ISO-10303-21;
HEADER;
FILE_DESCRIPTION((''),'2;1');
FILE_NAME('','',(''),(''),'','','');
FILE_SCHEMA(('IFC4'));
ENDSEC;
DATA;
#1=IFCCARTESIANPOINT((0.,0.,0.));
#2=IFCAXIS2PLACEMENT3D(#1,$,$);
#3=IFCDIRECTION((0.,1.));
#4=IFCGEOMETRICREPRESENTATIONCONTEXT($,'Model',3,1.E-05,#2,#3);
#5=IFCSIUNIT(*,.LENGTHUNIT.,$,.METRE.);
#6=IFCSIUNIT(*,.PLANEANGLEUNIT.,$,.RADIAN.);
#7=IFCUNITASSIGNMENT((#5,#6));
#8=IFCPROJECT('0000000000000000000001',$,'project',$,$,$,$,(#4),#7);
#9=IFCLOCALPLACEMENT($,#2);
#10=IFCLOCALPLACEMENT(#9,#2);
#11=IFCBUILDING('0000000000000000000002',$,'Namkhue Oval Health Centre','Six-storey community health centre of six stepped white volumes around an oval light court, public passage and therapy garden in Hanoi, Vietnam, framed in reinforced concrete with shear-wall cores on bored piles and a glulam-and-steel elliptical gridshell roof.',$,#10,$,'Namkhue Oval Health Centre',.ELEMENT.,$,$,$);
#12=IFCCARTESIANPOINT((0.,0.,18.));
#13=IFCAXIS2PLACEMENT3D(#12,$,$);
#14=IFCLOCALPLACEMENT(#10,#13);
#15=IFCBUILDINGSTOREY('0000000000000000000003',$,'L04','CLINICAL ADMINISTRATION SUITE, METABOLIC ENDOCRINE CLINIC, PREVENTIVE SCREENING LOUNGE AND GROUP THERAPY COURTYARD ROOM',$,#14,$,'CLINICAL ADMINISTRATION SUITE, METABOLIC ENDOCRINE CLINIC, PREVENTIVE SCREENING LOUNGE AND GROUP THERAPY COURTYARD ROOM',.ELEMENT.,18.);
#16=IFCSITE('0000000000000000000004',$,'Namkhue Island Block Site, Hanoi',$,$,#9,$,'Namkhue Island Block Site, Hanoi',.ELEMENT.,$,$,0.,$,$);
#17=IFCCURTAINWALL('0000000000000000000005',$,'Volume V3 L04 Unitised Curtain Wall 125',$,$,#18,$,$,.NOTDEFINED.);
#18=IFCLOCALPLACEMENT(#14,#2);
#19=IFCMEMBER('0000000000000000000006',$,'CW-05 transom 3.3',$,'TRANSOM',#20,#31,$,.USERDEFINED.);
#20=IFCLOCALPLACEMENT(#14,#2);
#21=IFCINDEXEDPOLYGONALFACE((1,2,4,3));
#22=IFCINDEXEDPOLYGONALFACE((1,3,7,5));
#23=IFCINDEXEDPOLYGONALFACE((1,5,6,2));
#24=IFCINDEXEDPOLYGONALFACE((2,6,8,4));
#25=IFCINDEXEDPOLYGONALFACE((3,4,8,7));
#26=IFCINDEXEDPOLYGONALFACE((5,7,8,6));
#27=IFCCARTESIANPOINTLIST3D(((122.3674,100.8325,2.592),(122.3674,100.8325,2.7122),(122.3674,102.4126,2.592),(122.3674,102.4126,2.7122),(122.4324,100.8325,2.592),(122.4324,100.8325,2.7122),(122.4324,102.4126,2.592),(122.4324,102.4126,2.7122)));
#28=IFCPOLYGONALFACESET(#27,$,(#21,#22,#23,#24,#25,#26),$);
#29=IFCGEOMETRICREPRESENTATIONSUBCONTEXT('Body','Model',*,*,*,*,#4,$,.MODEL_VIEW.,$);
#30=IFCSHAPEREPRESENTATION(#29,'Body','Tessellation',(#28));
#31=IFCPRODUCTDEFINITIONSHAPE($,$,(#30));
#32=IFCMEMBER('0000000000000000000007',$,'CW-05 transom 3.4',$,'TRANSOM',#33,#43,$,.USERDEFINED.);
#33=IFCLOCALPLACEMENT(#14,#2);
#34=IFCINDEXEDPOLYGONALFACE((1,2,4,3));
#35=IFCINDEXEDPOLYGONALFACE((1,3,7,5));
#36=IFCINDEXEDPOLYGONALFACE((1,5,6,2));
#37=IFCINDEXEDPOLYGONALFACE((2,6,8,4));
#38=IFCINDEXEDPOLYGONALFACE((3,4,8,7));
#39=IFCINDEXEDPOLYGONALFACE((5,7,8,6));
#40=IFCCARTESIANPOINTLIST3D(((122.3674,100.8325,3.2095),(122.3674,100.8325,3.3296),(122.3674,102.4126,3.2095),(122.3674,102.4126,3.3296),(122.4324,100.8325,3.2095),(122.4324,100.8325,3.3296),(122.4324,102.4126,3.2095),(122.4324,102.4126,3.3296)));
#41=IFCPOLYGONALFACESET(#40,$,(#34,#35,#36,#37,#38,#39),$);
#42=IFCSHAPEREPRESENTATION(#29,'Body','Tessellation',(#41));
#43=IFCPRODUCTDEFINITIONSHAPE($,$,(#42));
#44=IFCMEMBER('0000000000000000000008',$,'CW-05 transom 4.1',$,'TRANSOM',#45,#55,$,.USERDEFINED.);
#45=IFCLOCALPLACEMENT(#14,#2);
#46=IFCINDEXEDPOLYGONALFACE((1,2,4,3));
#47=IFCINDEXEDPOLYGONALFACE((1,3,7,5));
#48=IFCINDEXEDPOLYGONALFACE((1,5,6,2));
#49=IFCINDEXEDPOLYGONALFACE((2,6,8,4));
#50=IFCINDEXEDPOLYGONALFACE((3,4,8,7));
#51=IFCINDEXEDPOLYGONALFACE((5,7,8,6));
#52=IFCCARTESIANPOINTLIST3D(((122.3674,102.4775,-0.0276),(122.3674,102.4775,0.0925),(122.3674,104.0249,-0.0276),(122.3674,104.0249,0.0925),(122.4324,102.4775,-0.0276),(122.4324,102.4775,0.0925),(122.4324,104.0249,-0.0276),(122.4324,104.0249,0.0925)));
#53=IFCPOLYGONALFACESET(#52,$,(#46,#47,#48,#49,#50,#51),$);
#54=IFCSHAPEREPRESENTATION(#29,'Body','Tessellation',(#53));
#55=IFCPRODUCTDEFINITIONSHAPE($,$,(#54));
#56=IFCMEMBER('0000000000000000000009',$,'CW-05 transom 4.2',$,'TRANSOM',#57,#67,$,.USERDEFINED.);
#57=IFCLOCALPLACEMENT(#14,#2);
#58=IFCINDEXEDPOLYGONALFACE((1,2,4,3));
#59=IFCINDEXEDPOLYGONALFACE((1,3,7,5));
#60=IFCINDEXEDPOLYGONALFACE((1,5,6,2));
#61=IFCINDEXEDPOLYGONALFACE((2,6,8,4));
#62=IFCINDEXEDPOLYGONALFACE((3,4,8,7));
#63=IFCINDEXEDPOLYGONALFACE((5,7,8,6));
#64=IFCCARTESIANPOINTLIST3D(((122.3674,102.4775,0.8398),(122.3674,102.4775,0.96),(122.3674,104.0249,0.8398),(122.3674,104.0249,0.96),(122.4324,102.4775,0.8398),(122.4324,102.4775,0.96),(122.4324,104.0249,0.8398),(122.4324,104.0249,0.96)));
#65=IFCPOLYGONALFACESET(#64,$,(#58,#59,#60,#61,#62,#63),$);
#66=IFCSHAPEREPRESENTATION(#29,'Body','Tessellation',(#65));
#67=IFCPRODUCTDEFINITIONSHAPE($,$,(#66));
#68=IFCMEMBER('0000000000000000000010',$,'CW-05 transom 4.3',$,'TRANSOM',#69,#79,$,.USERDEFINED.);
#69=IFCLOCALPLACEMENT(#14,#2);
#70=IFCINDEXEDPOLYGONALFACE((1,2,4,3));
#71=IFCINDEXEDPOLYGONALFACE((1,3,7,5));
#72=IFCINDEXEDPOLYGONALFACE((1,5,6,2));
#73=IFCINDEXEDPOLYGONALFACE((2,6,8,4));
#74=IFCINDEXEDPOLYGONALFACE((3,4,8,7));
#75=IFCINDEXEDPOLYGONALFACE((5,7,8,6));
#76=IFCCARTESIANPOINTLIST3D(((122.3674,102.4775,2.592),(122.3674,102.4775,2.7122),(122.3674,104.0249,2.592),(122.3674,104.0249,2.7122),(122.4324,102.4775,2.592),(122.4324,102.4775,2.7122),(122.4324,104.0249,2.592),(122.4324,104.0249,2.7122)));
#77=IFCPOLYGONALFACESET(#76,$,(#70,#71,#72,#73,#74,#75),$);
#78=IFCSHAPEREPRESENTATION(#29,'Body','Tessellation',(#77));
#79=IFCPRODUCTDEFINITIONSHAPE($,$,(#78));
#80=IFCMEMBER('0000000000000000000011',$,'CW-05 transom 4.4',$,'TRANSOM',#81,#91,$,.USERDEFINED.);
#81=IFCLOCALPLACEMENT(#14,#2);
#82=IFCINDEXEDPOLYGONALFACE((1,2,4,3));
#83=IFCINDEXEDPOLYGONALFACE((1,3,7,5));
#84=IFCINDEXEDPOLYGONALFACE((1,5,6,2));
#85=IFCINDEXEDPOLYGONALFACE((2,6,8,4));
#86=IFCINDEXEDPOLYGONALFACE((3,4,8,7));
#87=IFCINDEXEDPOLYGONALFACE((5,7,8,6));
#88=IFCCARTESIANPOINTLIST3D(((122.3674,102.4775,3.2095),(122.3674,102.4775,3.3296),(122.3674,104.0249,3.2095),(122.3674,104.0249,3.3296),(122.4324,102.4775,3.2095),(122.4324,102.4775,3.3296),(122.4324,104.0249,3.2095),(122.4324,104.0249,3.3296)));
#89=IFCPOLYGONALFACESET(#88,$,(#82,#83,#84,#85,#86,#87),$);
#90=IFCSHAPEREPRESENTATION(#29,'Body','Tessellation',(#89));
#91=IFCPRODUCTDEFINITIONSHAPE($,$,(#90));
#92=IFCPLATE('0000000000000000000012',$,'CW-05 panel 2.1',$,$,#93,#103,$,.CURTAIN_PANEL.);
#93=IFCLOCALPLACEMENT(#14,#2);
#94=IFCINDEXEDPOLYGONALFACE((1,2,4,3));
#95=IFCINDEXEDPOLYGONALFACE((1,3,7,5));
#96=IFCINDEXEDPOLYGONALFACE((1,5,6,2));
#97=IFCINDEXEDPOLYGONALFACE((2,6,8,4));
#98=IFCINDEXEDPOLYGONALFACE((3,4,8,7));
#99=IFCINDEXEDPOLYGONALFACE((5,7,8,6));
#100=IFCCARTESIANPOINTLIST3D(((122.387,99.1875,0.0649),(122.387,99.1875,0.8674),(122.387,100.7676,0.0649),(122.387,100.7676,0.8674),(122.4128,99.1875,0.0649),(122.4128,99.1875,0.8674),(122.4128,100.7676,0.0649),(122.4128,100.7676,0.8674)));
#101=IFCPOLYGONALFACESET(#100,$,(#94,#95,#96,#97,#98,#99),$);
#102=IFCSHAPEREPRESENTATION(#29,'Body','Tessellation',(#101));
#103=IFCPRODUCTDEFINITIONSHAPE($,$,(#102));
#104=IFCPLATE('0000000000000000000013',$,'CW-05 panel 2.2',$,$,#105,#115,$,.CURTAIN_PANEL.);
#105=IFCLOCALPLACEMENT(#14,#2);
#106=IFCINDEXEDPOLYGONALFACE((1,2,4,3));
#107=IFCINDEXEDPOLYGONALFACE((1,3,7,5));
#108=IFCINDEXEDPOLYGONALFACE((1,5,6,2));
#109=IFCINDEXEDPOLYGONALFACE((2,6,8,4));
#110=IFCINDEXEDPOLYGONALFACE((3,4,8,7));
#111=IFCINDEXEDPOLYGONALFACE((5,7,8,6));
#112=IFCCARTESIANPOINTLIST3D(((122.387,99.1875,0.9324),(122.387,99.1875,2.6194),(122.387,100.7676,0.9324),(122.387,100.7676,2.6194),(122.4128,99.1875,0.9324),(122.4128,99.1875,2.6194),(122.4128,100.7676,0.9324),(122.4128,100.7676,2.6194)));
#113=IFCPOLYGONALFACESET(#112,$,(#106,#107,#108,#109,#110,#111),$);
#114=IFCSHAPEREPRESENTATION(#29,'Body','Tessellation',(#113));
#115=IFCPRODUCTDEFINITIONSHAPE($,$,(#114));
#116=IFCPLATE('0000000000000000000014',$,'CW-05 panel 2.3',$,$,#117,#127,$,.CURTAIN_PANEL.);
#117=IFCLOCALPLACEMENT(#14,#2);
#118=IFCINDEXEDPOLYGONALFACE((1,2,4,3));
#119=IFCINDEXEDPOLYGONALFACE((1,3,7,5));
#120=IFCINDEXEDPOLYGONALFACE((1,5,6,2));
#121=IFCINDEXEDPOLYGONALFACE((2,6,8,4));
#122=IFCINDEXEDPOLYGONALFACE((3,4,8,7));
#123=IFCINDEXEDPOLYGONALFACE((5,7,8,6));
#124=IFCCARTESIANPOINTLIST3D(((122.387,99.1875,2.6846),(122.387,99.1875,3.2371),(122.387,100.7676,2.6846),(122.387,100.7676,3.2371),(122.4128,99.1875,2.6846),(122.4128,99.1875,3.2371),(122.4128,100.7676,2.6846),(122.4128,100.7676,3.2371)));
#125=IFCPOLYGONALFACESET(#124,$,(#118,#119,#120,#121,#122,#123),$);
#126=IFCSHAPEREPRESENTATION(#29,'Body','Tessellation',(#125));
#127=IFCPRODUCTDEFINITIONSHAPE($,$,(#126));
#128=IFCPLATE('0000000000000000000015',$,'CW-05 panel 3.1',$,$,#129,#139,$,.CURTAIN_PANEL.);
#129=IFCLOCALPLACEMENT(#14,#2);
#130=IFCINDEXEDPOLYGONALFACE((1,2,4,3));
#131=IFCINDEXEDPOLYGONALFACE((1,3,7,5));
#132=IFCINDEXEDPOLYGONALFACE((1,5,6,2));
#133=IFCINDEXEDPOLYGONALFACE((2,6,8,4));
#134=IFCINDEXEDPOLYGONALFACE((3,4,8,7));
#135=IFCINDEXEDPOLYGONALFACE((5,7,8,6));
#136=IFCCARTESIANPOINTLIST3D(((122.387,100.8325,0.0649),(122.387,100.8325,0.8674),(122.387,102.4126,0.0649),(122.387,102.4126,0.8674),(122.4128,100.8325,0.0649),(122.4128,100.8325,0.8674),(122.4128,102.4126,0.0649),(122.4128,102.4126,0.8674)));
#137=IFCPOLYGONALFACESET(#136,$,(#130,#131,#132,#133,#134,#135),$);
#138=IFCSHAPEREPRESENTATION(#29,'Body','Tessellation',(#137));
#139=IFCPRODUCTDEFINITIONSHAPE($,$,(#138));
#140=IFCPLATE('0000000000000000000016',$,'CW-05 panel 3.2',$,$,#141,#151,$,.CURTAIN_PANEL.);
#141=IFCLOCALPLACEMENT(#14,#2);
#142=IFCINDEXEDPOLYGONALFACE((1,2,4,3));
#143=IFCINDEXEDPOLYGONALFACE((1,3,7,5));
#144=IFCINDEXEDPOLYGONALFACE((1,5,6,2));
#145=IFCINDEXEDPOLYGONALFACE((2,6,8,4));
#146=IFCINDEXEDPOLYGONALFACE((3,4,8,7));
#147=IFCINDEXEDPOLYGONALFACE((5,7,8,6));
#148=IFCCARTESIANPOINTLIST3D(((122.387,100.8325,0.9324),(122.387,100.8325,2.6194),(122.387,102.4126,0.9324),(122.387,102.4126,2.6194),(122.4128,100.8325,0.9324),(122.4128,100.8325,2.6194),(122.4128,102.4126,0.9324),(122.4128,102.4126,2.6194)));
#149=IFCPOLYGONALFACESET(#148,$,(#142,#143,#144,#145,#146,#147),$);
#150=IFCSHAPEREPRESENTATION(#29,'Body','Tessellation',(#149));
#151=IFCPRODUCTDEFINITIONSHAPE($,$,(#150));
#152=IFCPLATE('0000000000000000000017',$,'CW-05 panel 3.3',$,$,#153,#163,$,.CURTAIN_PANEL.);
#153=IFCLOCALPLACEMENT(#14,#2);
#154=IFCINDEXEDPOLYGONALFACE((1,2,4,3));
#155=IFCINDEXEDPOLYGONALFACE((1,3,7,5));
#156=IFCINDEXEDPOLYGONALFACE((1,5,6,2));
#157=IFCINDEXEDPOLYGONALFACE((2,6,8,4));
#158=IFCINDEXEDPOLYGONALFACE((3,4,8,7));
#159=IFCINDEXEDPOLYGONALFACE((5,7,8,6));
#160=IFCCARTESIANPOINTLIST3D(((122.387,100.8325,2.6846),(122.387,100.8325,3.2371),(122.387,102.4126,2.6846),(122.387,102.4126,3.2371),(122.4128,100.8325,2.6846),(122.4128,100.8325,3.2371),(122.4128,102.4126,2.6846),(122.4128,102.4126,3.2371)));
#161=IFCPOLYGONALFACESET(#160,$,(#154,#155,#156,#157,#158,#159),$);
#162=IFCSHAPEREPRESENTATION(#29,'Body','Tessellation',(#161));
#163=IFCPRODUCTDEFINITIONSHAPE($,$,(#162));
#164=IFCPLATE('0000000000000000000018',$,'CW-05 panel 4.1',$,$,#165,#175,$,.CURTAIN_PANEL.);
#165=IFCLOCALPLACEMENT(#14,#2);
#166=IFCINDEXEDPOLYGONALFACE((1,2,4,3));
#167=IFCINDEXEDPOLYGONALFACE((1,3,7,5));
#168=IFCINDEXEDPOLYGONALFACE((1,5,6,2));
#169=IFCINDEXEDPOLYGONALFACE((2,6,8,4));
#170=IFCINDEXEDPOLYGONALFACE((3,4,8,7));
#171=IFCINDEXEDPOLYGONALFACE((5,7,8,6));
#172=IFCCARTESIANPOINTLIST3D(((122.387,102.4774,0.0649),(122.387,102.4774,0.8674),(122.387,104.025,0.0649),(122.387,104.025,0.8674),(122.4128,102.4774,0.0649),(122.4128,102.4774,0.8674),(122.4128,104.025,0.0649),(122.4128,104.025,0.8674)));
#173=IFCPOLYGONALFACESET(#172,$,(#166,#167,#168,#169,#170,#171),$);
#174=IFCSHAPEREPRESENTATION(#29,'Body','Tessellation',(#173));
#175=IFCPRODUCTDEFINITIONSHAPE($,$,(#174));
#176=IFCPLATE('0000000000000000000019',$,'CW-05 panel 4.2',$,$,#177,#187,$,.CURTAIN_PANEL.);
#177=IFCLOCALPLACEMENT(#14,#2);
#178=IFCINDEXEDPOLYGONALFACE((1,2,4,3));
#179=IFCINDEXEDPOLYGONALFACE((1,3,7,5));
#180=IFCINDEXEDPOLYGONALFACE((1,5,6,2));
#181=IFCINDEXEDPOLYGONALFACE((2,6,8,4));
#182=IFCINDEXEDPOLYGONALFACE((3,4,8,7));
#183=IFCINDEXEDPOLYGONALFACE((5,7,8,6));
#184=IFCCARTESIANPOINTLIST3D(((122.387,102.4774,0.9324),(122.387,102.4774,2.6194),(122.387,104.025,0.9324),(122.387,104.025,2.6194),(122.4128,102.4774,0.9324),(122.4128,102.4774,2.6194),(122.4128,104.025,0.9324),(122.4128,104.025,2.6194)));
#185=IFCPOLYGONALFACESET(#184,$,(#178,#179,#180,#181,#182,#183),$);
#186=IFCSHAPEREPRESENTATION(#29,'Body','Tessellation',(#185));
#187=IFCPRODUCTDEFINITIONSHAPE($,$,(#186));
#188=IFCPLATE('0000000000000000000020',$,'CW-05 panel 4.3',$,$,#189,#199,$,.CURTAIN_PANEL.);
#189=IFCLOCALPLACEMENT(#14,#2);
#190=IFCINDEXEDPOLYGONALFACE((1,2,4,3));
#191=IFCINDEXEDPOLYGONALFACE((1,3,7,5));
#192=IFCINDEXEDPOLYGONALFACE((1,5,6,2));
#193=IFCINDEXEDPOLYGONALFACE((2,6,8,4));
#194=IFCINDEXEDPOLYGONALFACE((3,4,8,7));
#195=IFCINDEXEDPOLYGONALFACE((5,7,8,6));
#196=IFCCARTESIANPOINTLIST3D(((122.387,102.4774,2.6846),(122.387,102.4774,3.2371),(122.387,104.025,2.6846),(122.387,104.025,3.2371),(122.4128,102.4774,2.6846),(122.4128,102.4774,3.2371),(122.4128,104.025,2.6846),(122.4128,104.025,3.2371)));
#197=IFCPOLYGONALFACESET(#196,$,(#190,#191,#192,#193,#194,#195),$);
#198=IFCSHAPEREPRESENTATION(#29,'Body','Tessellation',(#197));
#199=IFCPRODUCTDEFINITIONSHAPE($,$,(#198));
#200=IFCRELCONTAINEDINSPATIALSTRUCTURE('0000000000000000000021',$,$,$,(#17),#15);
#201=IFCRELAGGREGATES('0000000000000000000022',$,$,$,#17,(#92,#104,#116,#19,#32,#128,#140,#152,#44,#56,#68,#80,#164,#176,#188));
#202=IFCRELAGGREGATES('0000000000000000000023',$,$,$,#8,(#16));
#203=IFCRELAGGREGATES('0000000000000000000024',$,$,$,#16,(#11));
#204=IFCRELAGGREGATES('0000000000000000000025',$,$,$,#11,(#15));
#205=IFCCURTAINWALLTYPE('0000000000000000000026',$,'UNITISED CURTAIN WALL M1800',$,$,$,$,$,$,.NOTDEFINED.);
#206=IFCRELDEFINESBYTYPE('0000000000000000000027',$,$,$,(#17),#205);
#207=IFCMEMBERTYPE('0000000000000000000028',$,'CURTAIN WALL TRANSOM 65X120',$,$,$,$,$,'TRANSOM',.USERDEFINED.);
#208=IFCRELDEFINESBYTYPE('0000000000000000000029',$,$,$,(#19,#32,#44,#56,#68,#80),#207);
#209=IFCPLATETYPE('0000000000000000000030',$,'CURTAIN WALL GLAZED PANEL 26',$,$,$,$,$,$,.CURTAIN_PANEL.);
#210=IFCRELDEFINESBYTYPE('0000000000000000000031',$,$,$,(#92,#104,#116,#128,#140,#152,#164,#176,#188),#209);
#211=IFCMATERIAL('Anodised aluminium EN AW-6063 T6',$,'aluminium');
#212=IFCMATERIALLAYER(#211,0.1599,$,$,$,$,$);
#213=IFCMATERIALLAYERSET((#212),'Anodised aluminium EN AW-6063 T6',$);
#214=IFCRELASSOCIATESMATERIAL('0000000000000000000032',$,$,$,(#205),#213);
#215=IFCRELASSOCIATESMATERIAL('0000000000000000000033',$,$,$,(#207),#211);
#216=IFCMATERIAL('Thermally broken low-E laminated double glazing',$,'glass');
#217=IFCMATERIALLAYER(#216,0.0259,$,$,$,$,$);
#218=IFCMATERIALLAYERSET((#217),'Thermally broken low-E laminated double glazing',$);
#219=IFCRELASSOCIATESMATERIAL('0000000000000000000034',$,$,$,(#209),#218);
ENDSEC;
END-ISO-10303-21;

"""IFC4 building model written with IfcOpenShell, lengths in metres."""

from ifc_helpers import new_model, si_unit, direction, frame, origin, origin_2d, place, context, subcontext, project, spatial, rectangle, extrude, material, layer, layer_set, material_profile, profile_set, type_object, element, aggregate, save


model = new_model("IFC4")

# Units and contexts
model_context = context("Model", 3, precision=1e-05, world=origin(), true_north=direction((0.0, 1.0)))
body_context = subcontext(model_context, "Body", "Model", "MODEL_VIEW")
ifc_project = project(units=[si_unit("LENGTHUNIT", "METRE"), si_unit("PLANEANGLEUNIT", "RADIAN")], contexts=[model_context])

# Site, building, storey
site_placement = place(None, origin())
site = spatial("IfcSite", under=ifc_project, at=site_placement, Name="Namkhue Island Block Site, Hanoi", LongName="Namkhue Island Block Site, Hanoi", CompositionType="ELEMENT", RefElevation=0.0)
building_placement = place(site_placement, origin())
building = spatial("IfcBuilding", under=site, at=building_placement, Name="Namkhue Oval Health Centre", Description="Six-storey community health centre of six stepped white volumes around an oval light court, public passage and therapy garden in Hanoi, Vietnam, framed in reinforced concrete with shear-wall cores on bored piles and a glulam-and-steel elliptical gridshell roof.", LongName="Namkhue Oval Health Centre", CompositionType="ELEMENT")
storey_placement = place(building_placement, frame((0.0, 0.0, 18.0)))
storey = spatial("IfcBuildingStorey", under=building, at=storey_placement, Name="L04", Description="CLINICAL ADMINISTRATION SUITE, METABOLIC ENDOCRINE CLINIC, PREVENTIVE SCREENING LOUNGE AND GROUP THERAPY COURTYARD ROOM", LongName="CLINICAL ADMINISTRATION SUITE, METABOLIC ENDOCRINE CLINIC, PREVENTIVE SCREENING LOUNGE AND GROUP THERAPY COURTYARD ROOM", CompositionType="ELEMENT", Elevation=18.0)

# Curtain wall, members, plates
ifc_material_1 = material(Name="Anodised aluminium EN AW-6063 T6", Category="aluminium")
ifc_layer_1 = layer(ifc_material_1, 0.1599)
ifc_layer_set_1 = layer_set([ifc_layer_1], Name="Anodised aluminium EN AW-6063 T6")
curtain_wall_type = type_object("IfcCurtainWallType", Name="UNITISED CURTAIN WALL M1800", PredefinedType="NOTDEFINED", material=ifc_layer_set_1)
curtain_wall_placement = place(storey_placement, origin())
curtain_wall = element("IfcCurtainWall", 1, at=curtain_wall_placement, inside=storey, type_object=curtain_wall_type, Name="Volume V3 L04 Unitised Curtain Wall 125", PredefinedType="NOTDEFINED")
ifc_material_profile_1 = material_profile(ifc_material_1, rectangle(XDim=0.0649, YDim=0.1201, at=origin_2d()), Name="ALU 65x120")
ifc_profile_set_1 = profile_set([ifc_material_profile_1], Name="Anodised aluminium EN AW-6063 T6")
member_type_1 = type_object("IfcMemberType", Name="CURTAIN WALL TRANSOM 65X120", ElementType="TRANSOM", PredefinedType="USERDEFINED", material=ifc_profile_set_1)
member_1_placement = place(storey_placement, frame((122.3999, 100.8325, 2.6521), z_axis=(0.0, 1.0, 0.0), x_axis=(-1.0, 0.0, 0.0)))
member_1 = element("IfcMember", 2, at=member_1_placement, type_object=member_type_1, Name="CW-05 transom 3.3", ObjectType="TRANSOM", PredefinedType="USERDEFINED", context=body_context, shape_type="SweptSolid", body=[
    extrude(rectangle(XDim=0.0649, YDim=0.1201, at=origin_2d()), origin(), (0.0, 0.0, 1.0), 1.5801),
])
member_2_placement = place(storey_placement, frame((122.3999, 100.8325, 3.2695), z_axis=(0.0, 1.0, 0.0), x_axis=(-1.0, 0.0, 0.0)))
member_2 = element("IfcMember", 3, at=member_2_placement, type_object=member_type_1, Name="CW-05 transom 3.4", ObjectType="TRANSOM", PredefinedType="USERDEFINED", context=body_context, shape_type="SweptSolid", body=[
    extrude(rectangle(XDim=0.0649, YDim=0.1201, at=origin_2d()), origin(), (0.0, 0.0, 1.0), 1.5801),
])
member_3_placement = place(storey_placement, frame((122.3999, 102.4775, 0.0325), z_axis=(0.0, 1.0, 0.0), x_axis=(-1.0, 0.0, 0.0)))
member_3 = element("IfcMember", 4, at=member_3_placement, type_object=member_type_1, Name="CW-05 transom 4.1", ObjectType="TRANSOM", PredefinedType="USERDEFINED", context=body_context, shape_type="SweptSolid", body=[
    extrude(rectangle(XDim=0.0649, YDim=0.1201, at=origin_2d()), origin(), (0.0, 0.0, 1.0), 1.5474),
])
member_4_placement = place(storey_placement, frame((122.3999, 102.4775, 0.8999), z_axis=(0.0, 1.0, 0.0), x_axis=(-1.0, 0.0, 0.0)))
member_4 = element("IfcMember", 5, at=member_4_placement, type_object=member_type_1, Name="CW-05 transom 4.2", ObjectType="TRANSOM", PredefinedType="USERDEFINED", context=body_context, shape_type="SweptSolid", body=[
    extrude(rectangle(XDim=0.0649, YDim=0.1201, at=origin_2d()), origin(), (0.0, 0.0, 1.0), 1.5474),
])
member_5_placement = place(storey_placement, frame((122.3999, 102.4775, 2.6521), z_axis=(0.0, 1.0, 0.0), x_axis=(-1.0, 0.0, 0.0)))
member_5 = element("IfcMember", 6, at=member_5_placement, type_object=member_type_1, Name="CW-05 transom 4.3", ObjectType="TRANSOM", PredefinedType="USERDEFINED", context=body_context, shape_type="SweptSolid", body=[
    extrude(rectangle(XDim=0.0649, YDim=0.1201, at=origin_2d()), origin(), (0.0, 0.0, 1.0), 1.5474),
])
member_6_placement = place(storey_placement, frame((122.3999, 102.4775, 3.2695), z_axis=(0.0, 1.0, 0.0), x_axis=(-1.0, 0.0, 0.0)))
member_6 = element("IfcMember", 7, at=member_6_placement, type_object=member_type_1, Name="CW-05 transom 4.4", ObjectType="TRANSOM", PredefinedType="USERDEFINED", context=body_context, shape_type="SweptSolid", body=[
    extrude(rectangle(XDim=0.0649, YDim=0.1201, at=origin_2d()), origin(), (0.0, 0.0, 1.0), 1.5474),
])
ifc_material_2 = material(Name="Thermally broken low-E laminated double glazing", Category="glass")
ifc_layer_2 = layer(ifc_material_2, 0.0259)
ifc_layer_set_2 = layer_set([ifc_layer_2], Name="Thermally broken low-E laminated double glazing")
plate_type = type_object("IfcPlateType", Name="CURTAIN WALL GLAZED PANEL 26", PredefinedType="CURTAIN_PANEL", material=ifc_layer_set_2)
plate_1_placement = place(storey_placement, frame((122.3999, 99.9775, 0.0649), z_axis=(0.0, 0.0, 1.0), x_axis=(0.0, 1.0, 0.0)))
plate_1 = element("IfcPlate", 8, at=plate_1_placement, type_object=plate_type, Name="CW-05 panel 2.1", PredefinedType="CURTAIN_PANEL", context=body_context, shape_type="SweptSolid", body=[
    extrude(rectangle(XDim=1.5801, YDim=0.0259, at=origin_2d()), origin(), (0.0, 0.0, 1.0), 0.8025),
])
plate_2_placement = place(storey_placement, frame((122.3999, 99.9775, 0.9324), z_axis=(0.0, 0.0, 1.0), x_axis=(0.0, 1.0, 0.0)))
plate_2 = element("IfcPlate", 9, at=plate_2_placement, type_object=plate_type, Name="CW-05 panel 2.2", PredefinedType="CURTAIN_PANEL", context=body_context, shape_type="SweptSolid", body=[
    extrude(rectangle(XDim=1.5801, YDim=0.0259, at=origin_2d()), origin(), (0.0, 0.0, 1.0), 1.687),
])
plate_3_placement = place(storey_placement, frame((122.3999, 99.9775, 2.6846), z_axis=(0.0, 0.0, 1.0), x_axis=(0.0, 1.0, 0.0)))
plate_3 = element("IfcPlate", 10, at=plate_3_placement, type_object=plate_type, Name="CW-05 panel 2.3", PredefinedType="CURTAIN_PANEL", context=body_context, shape_type="SweptSolid", body=[
    extrude(rectangle(XDim=1.5801, YDim=0.0259, at=origin_2d()), origin(), (0.0, 0.0, 1.0), 0.5525),
])
plate_4_placement = place(storey_placement, frame((122.3999, 101.6226, 0.0649), z_axis=(0.0, 0.0, 1.0), x_axis=(0.0, 1.0, 0.0)))
plate_4 = element("IfcPlate", 11, at=plate_4_placement, type_object=plate_type, Name="CW-05 panel 3.1", PredefinedType="CURTAIN_PANEL", context=body_context, shape_type="SweptSolid", body=[
    extrude(rectangle(XDim=1.5801, YDim=0.0259, at=origin_2d()), origin(), (0.0, 0.0, 1.0), 0.8025),
])
plate_5_placement = place(storey_placement, frame((122.3999, 101.6226, 0.9324), z_axis=(0.0, 0.0, 1.0), x_axis=(0.0, 1.0, 0.0)))
plate_5 = element("IfcPlate", 12, at=plate_5_placement, type_object=plate_type, Name="CW-05 panel 3.2", PredefinedType="CURTAIN_PANEL", context=body_context, shape_type="SweptSolid", body=[
    extrude(rectangle(XDim=1.5801, YDim=0.0259, at=origin_2d()), origin(), (0.0, 0.0, 1.0), 1.687),
])
plate_6_placement = place(storey_placement, frame((122.3999, 101.6226, 2.6846), z_axis=(0.0, 0.0, 1.0), x_axis=(0.0, 1.0, 0.0)))
plate_6 = element("IfcPlate", 13, at=plate_6_placement, type_object=plate_type, Name="CW-05 panel 3.3", PredefinedType="CURTAIN_PANEL", context=body_context, shape_type="SweptSolid", body=[
    extrude(rectangle(XDim=1.5801, YDim=0.0259, at=origin_2d()), origin(), (0.0, 0.0, 1.0), 0.5525),
])
plate_7_placement = place(storey_placement, frame((122.3999, 103.2512, 0.0649), z_axis=(0.0, 0.0, 1.0), x_axis=(0.0, 1.0, 0.0)))
plate_7 = element("IfcPlate", 14, at=plate_7_placement, type_object=plate_type, Name="CW-05 panel 4.1", PredefinedType="CURTAIN_PANEL", context=body_context, shape_type="SweptSolid", body=[
    extrude(rectangle(XDim=1.5476, YDim=0.0259, at=origin_2d()), origin(), (0.0, 0.0, 1.0), 0.8025),
])
plate_8_placement = place(storey_placement, frame((122.3999, 103.2512, 0.9324), z_axis=(0.0, 0.0, 1.0), x_axis=(0.0, 1.0, 0.0)))
plate_8 = element("IfcPlate", 15, at=plate_8_placement, type_object=plate_type, Name="CW-05 panel 4.2", PredefinedType="CURTAIN_PANEL", context=body_context, shape_type="SweptSolid", body=[
    extrude(rectangle(XDim=1.5476, YDim=0.0259, at=origin_2d()), origin(), (0.0, 0.0, 1.0), 1.687),
])
plate_9_placement = place(storey_placement, frame((122.3999, 103.2512, 2.6846), z_axis=(0.0, 0.0, 1.0), x_axis=(0.0, 1.0, 0.0)))
plate_9 = element("IfcPlate", 16, at=plate_9_placement, type_object=plate_type, Name="CW-05 panel 4.3", PredefinedType="CURTAIN_PANEL", context=body_context, shape_type="SweptSolid", body=[
    extrude(rectangle(XDim=1.5476, YDim=0.0259, at=origin_2d()), origin(), (0.0, 0.0, 1.0), 0.5525),
])
aggregate(curtain_wall, [plate_1, plate_2, plate_3, member_1, member_2, plate_4, plate_5, plate_6, member_3, member_4, member_5, member_6, plate_7, plate_8, plate_9])

save(model, "model.ifc")
